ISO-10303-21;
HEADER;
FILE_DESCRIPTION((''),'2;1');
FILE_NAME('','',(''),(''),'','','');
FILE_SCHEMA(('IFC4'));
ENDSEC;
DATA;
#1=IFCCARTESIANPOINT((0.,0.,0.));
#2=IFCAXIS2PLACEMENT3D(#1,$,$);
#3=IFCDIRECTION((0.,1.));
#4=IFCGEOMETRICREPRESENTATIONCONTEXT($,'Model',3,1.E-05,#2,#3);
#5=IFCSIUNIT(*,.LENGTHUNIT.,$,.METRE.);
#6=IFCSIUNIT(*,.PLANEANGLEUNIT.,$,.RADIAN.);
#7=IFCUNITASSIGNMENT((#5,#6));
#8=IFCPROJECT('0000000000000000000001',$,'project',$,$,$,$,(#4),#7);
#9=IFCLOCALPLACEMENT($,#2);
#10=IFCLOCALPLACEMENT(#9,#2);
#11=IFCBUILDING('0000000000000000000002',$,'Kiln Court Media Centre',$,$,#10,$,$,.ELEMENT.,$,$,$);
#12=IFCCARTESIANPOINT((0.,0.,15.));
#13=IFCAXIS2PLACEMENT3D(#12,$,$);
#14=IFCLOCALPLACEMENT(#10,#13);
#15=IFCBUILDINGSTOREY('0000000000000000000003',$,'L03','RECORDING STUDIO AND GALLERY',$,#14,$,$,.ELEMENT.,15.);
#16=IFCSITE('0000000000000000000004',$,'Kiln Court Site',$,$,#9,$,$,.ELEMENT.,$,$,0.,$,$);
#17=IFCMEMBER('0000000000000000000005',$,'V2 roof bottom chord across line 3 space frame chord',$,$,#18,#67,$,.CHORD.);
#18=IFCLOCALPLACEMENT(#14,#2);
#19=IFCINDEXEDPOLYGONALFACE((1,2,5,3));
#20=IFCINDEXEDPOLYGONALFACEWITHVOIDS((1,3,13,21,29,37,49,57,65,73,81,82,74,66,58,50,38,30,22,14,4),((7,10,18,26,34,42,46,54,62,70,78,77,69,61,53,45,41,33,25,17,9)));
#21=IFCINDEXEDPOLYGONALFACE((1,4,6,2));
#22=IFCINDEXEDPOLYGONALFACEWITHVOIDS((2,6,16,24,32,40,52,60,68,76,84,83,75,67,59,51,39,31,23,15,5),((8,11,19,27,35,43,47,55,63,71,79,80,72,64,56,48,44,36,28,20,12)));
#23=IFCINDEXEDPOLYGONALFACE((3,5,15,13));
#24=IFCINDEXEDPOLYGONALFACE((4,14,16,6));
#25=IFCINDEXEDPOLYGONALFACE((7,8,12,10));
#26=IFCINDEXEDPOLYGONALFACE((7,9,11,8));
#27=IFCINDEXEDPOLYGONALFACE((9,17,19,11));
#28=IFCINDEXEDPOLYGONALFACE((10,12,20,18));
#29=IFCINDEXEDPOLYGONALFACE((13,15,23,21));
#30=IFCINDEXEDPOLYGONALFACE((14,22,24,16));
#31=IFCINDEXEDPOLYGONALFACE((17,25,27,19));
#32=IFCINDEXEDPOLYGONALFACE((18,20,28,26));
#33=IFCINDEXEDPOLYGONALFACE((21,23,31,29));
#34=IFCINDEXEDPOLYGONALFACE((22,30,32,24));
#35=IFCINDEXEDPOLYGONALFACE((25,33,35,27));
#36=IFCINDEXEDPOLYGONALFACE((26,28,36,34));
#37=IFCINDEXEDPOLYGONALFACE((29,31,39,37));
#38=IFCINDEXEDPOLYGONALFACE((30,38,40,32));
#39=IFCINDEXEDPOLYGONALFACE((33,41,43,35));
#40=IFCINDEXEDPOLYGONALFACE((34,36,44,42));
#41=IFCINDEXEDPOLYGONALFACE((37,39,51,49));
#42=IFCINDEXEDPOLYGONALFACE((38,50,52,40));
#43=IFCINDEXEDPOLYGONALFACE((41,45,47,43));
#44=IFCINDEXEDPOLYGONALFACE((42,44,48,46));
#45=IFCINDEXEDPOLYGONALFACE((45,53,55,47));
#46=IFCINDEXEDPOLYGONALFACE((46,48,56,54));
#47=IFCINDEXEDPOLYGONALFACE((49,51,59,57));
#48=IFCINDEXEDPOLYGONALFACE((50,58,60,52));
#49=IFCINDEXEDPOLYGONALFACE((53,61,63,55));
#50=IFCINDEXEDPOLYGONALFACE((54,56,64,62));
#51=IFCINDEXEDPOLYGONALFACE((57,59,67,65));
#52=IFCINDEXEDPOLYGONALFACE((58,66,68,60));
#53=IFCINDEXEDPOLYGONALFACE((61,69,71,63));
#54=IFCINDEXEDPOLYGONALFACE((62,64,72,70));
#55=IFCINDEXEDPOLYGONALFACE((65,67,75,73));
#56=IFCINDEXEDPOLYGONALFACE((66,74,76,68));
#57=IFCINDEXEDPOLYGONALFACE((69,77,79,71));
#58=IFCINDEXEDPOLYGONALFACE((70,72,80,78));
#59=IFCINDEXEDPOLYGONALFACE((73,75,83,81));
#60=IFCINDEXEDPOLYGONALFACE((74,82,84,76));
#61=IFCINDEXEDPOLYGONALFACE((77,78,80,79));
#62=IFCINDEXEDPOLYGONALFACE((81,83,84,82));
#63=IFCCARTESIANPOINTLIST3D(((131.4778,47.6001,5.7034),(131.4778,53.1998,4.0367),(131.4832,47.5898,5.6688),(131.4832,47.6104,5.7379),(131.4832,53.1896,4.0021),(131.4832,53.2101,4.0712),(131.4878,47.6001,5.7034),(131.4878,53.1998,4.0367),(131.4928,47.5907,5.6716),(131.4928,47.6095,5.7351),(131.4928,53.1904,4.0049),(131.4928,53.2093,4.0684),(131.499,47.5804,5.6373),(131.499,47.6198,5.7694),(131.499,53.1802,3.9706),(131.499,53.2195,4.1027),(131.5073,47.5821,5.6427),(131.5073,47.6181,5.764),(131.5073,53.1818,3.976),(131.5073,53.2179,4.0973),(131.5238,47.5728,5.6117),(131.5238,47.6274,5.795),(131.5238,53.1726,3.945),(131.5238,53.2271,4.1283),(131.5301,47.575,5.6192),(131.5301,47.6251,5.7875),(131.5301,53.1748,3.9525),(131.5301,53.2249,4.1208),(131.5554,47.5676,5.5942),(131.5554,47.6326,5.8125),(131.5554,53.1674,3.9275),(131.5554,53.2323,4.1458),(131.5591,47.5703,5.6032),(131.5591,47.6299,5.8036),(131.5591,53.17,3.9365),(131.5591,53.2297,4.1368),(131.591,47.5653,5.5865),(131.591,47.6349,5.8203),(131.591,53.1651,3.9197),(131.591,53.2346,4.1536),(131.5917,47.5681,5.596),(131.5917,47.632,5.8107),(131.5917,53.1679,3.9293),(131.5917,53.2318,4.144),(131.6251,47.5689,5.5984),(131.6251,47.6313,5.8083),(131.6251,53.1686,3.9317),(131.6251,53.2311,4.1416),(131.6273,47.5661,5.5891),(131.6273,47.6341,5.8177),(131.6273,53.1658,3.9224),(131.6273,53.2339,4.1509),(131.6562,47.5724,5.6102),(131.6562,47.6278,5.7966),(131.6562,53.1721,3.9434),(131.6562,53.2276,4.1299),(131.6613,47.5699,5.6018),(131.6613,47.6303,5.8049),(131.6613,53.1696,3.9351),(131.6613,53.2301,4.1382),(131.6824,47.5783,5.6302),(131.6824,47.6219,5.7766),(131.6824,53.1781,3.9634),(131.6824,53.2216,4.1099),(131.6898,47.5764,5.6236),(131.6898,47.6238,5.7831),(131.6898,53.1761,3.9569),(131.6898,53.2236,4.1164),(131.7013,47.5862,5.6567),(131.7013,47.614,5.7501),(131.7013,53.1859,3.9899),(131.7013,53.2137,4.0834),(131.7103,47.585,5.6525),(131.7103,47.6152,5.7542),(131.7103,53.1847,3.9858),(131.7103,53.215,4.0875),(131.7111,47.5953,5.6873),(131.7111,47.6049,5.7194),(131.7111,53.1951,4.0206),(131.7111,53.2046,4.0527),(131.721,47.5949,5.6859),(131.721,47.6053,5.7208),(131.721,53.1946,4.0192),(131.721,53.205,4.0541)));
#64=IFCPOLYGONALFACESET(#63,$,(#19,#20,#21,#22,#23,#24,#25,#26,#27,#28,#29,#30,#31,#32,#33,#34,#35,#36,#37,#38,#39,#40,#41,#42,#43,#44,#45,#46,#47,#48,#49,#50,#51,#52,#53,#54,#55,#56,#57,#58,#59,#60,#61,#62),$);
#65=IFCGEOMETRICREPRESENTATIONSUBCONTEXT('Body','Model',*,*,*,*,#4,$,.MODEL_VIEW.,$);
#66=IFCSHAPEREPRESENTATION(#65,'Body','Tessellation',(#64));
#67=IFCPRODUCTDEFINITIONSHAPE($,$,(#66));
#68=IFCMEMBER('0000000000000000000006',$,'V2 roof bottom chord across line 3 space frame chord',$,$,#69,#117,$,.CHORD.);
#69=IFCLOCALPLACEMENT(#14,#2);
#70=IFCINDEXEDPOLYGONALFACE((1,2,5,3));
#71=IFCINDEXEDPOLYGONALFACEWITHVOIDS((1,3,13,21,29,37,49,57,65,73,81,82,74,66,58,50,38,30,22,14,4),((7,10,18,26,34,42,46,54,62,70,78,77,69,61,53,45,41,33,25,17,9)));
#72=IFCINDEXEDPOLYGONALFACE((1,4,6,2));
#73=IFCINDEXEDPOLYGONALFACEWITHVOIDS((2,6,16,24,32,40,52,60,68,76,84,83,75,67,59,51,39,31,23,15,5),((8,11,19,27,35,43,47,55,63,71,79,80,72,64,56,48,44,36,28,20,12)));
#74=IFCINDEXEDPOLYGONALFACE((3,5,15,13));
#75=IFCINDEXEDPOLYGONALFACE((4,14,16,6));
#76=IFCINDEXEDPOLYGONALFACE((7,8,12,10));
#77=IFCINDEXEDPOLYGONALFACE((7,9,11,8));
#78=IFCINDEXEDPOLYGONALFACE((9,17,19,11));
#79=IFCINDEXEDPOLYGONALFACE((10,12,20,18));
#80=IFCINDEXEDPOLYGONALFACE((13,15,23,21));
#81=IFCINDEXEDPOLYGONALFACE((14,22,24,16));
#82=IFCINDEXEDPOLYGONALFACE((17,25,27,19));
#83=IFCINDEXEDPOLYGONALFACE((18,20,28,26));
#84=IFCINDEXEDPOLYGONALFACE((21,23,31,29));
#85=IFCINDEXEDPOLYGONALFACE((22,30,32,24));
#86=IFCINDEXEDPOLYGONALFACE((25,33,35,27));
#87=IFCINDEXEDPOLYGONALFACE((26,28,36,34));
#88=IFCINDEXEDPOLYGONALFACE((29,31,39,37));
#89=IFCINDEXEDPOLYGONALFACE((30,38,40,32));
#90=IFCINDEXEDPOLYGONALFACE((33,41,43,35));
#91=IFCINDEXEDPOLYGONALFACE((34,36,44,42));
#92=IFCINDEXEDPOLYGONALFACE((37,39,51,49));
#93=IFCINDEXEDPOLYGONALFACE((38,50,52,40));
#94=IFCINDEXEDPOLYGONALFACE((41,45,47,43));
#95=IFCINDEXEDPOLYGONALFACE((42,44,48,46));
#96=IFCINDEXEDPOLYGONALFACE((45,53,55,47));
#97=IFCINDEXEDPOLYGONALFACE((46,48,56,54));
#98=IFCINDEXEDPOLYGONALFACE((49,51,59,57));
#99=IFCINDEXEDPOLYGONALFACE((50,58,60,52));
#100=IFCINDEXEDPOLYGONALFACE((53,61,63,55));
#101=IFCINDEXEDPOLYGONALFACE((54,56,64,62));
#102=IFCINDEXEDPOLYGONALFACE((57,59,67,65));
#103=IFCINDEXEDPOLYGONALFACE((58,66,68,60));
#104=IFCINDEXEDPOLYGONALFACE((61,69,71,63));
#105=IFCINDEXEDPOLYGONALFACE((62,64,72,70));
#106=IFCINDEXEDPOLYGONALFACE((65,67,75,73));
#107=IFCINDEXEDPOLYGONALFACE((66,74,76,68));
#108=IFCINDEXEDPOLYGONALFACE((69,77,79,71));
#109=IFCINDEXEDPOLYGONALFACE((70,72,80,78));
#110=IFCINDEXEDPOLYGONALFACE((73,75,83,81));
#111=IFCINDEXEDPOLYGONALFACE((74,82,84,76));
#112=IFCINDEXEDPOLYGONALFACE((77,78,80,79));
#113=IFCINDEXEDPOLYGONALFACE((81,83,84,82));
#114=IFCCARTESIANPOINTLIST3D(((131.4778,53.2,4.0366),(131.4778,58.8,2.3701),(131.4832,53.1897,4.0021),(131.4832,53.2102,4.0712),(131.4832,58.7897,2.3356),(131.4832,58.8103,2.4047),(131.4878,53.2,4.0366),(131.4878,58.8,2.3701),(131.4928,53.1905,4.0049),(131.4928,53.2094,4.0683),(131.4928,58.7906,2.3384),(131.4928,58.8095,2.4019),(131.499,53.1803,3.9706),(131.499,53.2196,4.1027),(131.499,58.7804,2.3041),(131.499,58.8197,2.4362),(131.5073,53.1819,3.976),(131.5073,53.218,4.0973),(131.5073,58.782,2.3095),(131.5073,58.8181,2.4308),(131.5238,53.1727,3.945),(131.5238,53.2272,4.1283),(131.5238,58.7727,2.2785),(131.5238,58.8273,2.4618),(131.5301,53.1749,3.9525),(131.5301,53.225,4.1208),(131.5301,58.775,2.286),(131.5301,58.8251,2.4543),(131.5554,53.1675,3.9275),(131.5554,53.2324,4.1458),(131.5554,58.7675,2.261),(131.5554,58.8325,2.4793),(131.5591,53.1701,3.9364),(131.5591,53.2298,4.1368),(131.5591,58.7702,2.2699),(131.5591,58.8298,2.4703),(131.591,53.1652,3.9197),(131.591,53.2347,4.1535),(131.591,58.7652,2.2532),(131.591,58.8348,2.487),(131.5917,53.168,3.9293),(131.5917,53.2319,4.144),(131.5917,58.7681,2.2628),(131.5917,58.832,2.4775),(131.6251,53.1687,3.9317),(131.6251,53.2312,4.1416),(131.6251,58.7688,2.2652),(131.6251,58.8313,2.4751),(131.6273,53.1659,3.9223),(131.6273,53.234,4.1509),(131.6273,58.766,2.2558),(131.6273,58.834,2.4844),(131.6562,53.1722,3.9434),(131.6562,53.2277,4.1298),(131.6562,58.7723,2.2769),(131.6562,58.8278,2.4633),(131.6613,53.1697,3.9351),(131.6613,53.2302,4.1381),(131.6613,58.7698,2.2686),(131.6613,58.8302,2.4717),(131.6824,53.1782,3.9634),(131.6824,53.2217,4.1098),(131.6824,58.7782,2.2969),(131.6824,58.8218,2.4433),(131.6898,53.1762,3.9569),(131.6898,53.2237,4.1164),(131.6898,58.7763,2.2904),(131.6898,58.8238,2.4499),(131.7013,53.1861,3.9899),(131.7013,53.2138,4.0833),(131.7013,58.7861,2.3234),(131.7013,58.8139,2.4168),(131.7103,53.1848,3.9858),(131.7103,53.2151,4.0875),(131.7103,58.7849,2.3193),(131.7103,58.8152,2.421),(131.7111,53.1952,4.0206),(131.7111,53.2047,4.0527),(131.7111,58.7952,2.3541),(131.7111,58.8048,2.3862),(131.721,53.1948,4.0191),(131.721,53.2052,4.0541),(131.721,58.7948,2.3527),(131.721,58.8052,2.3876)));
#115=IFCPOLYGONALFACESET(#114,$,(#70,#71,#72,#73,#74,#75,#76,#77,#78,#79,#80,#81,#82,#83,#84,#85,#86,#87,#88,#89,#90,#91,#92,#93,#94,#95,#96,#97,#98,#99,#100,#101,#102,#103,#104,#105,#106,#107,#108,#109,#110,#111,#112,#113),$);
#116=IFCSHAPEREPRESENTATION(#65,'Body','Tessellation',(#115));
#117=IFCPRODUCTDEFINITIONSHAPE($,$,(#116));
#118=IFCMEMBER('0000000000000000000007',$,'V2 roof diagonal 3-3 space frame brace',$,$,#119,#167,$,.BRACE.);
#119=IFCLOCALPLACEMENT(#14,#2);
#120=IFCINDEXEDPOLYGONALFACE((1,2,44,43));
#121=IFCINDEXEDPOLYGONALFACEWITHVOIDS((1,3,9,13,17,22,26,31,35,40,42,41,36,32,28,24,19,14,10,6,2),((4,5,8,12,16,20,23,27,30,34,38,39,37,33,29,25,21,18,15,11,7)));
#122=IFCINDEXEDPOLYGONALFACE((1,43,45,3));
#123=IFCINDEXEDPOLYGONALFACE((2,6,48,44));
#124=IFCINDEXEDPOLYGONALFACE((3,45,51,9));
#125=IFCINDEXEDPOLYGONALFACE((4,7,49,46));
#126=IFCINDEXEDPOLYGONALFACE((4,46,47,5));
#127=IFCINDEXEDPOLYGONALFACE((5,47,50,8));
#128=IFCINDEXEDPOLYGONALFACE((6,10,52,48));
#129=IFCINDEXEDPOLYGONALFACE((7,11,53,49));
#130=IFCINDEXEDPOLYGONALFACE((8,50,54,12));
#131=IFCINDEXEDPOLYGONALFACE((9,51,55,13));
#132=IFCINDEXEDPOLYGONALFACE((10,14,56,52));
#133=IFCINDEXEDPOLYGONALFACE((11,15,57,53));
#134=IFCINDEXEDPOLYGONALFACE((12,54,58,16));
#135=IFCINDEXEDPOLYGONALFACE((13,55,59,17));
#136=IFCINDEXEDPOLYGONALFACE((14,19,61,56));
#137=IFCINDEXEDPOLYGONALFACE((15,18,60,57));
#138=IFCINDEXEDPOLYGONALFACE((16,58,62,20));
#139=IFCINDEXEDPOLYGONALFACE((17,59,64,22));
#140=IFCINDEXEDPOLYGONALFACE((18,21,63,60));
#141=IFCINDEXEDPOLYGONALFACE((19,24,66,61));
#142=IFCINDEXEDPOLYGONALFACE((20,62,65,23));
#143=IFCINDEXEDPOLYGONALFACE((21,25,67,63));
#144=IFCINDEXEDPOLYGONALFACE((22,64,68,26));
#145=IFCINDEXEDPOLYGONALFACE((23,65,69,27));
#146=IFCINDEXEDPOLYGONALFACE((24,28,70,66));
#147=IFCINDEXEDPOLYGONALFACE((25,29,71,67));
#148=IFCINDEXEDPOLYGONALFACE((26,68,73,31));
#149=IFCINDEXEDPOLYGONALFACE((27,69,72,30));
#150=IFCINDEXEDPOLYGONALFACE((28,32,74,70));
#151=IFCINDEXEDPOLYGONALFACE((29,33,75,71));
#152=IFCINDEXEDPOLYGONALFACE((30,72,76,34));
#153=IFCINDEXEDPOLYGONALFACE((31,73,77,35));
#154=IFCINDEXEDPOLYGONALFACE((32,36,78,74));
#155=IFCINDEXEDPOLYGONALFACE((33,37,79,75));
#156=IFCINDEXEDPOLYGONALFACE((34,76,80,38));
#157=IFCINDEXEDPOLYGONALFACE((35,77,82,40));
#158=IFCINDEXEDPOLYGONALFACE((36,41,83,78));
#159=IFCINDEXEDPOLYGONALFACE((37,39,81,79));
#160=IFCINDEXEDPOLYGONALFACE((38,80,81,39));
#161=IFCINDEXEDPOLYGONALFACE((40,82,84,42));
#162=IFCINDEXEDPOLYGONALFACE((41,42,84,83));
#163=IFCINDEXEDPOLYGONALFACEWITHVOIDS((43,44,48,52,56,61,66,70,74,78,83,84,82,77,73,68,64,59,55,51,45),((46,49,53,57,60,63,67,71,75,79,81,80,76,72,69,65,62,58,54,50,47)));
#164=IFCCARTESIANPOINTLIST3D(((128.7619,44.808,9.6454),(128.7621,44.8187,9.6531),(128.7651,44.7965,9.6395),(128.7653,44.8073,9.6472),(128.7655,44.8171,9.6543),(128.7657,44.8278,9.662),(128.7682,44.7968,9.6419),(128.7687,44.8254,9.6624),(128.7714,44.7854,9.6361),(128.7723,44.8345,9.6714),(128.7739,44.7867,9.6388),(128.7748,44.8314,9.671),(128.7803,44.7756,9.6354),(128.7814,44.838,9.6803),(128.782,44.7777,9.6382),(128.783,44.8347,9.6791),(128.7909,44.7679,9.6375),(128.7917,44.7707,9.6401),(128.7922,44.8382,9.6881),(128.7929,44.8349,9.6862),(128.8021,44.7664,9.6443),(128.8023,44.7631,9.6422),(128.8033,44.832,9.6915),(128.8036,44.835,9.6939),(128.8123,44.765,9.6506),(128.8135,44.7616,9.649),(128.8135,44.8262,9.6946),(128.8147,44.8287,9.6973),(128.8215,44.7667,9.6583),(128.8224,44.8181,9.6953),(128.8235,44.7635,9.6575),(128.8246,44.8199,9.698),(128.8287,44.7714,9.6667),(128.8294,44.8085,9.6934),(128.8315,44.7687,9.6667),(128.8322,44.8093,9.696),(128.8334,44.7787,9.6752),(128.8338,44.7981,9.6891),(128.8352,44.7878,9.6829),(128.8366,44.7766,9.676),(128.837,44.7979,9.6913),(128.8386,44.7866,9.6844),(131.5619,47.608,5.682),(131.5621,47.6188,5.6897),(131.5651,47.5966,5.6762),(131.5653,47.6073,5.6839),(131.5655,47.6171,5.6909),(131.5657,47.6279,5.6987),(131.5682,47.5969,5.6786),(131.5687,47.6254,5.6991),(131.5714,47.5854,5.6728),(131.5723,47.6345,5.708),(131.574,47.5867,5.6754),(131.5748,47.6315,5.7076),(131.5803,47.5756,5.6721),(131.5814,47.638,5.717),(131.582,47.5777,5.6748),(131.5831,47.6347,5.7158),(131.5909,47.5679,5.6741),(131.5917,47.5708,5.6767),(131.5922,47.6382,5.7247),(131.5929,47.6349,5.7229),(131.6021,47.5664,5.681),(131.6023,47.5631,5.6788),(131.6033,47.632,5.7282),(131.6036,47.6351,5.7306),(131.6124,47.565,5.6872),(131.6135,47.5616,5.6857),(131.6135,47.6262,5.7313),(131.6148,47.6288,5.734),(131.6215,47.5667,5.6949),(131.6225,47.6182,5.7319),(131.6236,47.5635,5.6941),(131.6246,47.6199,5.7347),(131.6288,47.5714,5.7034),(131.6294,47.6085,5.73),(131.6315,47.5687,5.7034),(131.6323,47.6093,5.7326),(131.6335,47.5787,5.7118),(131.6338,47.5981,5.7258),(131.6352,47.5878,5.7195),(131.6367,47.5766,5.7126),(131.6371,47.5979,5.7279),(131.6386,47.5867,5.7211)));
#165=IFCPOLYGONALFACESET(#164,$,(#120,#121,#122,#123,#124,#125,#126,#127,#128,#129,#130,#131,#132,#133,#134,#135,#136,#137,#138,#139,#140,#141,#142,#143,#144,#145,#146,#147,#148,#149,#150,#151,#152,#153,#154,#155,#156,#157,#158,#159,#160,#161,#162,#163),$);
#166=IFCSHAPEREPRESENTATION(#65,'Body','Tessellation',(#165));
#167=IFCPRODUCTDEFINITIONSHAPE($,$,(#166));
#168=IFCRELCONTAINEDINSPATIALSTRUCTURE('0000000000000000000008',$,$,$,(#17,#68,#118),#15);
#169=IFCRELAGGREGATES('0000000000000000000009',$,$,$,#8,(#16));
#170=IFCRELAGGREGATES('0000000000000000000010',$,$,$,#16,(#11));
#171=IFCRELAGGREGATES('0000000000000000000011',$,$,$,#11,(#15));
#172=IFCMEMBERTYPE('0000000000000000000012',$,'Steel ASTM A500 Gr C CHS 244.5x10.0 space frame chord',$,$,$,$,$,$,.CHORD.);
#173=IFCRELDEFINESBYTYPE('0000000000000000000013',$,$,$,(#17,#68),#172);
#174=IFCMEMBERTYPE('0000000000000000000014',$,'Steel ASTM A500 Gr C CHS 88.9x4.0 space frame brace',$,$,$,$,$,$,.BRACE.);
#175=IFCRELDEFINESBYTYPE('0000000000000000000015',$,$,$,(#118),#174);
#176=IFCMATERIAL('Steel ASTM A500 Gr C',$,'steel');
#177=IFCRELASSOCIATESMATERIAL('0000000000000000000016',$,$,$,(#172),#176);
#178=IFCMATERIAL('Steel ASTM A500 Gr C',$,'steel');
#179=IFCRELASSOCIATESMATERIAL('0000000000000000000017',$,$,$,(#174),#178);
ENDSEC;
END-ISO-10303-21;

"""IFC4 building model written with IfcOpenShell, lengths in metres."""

from ifc_helpers import new_model, si_unit, direction, frame, origin, origin_2d, place, context, subcontext, project, spatial, hollow_circle, extrude, material, material_profile, profile_set, type_object, element, save


model = new_model("IFC4")

# Units and contexts
model_context = context("Model", 3, precision=1e-05, world=origin(), true_north=direction((0.0, 1.0)))
body_context = subcontext(model_context, "Body", "Model", "MODEL_VIEW")
ifc_project = project(units=[si_unit("LENGTHUNIT", "METRE"), si_unit("PLANEANGLEUNIT", "RADIAN")], contexts=[model_context])

# Site, building, storey
site_placement = place(None, origin())
site = spatial("IfcSite", under=ifc_project, at=site_placement, Name="Kiln Court Site", CompositionType="ELEMENT", RefElevation=0.0)
building_placement = place(site_placement, origin())
building = spatial("IfcBuilding", under=site, at=building_placement, Name="Kiln Court Media Centre", CompositionType="ELEMENT")
storey_placement = place(building_placement, frame((0.0, 0.0, 15.0)))
storey = spatial("IfcBuildingStorey", under=building, at=storey_placement, Name="L03", Description="RECORDING STUDIO AND GALLERY", CompositionType="ELEMENT", Elevation=15.0)

# Members
ifc_material_1 = material(Name="Steel ASTM A500 Gr C", Category="steel")
ifc_material_profile_1 = material_profile(ifc_material_1, hollow_circle(Radius=0.1223, WallThickness=0.01, at=origin_2d()), Name="CHS 244.5x10.0")
ifc_profile_set_1 = profile_set([ifc_material_profile_1], Name="Steel ASTM A500 Gr C")
member_type_1 = type_object("IfcMemberType", Name="Steel ASTM A500 Gr C CHS 244.5x10.0 space frame chord", PredefinedType="CHORD", material=ifc_profile_set_1)
member_1_placement = place(storey_placement, frame((131.6001, 47.6001, 5.7034), z_axis=(0.0, 0.958446, -0.285273), x_axis=(-1.0, 0.0, 0.0)))
element("IfcMember", 1, at=member_1_placement, inside=storey, type_object=member_type_1, Name="V2 roof bottom chord across line 3 space frame chord", PredefinedType="CHORD", context=body_context, shape_type="SweptSolid", body=[
    extrude(hollow_circle(Radius=0.1223, WallThickness=0.01, at=origin_2d()), origin(), (0.0, 0.0, 1.0), 5.8425),
])
member_2_placement = place(storey_placement, frame((131.6001, 53.2, 4.0366), z_axis=(0.0, 0.958461, -0.285223), x_axis=(-1.0, 0.0, 0.0)))
element("IfcMember", 2, at=member_2_placement, inside=storey, type_object=member_type_1, Name="V2 roof bottom chord across line 3 space frame chord", PredefinedType="CHORD", context=body_context, shape_type="SweptSolid", body=[
    extrude(hollow_circle(Radius=0.1223, WallThickness=0.01, at=origin_2d()), origin(), (0.0, 0.0, 1.0), 5.8428),
])
ifc_material_2 = material(Name="Steel ASTM A500 Gr C", Category="steel")
ifc_material_profile_2 = material_profile(ifc_material_2, hollow_circle(Radius=0.0444, WallThickness=0.0039, at=origin_2d()), Name="CHS 88.9x4.0")
ifc_profile_set_2 = profile_set([ifc_material_profile_2], Name="Steel ASTM A500 Gr C")
member_type_2 = type_object("IfcMemberType", Name="Steel ASTM A500 Gr C CHS 88.9x4.0 space frame brace", PredefinedType="BRACE", material=ifc_profile_set_2)
member_3_placement = place(storey_placement, frame((131.6001, 47.6001, 5.7034), z_axis=(-0.499778, -0.499778, 0.70742), x_axis=(0.707107, -0.707107, 0.0)))
element("IfcMember", 3, at=member_3_placement, inside=storey, type_object=member_type_2, Name="V2 roof diagonal 3-3 space frame brace", PredefinedType="BRACE", context=body_context, shape_type="SweptSolid", body=[
    extrude(hollow_circle(Radius=0.0444, WallThickness=0.0039, at=origin_2d()), origin(), (0.0, 0.0, 1.0), 5.6025),
])

save(model, "model.ifc")
